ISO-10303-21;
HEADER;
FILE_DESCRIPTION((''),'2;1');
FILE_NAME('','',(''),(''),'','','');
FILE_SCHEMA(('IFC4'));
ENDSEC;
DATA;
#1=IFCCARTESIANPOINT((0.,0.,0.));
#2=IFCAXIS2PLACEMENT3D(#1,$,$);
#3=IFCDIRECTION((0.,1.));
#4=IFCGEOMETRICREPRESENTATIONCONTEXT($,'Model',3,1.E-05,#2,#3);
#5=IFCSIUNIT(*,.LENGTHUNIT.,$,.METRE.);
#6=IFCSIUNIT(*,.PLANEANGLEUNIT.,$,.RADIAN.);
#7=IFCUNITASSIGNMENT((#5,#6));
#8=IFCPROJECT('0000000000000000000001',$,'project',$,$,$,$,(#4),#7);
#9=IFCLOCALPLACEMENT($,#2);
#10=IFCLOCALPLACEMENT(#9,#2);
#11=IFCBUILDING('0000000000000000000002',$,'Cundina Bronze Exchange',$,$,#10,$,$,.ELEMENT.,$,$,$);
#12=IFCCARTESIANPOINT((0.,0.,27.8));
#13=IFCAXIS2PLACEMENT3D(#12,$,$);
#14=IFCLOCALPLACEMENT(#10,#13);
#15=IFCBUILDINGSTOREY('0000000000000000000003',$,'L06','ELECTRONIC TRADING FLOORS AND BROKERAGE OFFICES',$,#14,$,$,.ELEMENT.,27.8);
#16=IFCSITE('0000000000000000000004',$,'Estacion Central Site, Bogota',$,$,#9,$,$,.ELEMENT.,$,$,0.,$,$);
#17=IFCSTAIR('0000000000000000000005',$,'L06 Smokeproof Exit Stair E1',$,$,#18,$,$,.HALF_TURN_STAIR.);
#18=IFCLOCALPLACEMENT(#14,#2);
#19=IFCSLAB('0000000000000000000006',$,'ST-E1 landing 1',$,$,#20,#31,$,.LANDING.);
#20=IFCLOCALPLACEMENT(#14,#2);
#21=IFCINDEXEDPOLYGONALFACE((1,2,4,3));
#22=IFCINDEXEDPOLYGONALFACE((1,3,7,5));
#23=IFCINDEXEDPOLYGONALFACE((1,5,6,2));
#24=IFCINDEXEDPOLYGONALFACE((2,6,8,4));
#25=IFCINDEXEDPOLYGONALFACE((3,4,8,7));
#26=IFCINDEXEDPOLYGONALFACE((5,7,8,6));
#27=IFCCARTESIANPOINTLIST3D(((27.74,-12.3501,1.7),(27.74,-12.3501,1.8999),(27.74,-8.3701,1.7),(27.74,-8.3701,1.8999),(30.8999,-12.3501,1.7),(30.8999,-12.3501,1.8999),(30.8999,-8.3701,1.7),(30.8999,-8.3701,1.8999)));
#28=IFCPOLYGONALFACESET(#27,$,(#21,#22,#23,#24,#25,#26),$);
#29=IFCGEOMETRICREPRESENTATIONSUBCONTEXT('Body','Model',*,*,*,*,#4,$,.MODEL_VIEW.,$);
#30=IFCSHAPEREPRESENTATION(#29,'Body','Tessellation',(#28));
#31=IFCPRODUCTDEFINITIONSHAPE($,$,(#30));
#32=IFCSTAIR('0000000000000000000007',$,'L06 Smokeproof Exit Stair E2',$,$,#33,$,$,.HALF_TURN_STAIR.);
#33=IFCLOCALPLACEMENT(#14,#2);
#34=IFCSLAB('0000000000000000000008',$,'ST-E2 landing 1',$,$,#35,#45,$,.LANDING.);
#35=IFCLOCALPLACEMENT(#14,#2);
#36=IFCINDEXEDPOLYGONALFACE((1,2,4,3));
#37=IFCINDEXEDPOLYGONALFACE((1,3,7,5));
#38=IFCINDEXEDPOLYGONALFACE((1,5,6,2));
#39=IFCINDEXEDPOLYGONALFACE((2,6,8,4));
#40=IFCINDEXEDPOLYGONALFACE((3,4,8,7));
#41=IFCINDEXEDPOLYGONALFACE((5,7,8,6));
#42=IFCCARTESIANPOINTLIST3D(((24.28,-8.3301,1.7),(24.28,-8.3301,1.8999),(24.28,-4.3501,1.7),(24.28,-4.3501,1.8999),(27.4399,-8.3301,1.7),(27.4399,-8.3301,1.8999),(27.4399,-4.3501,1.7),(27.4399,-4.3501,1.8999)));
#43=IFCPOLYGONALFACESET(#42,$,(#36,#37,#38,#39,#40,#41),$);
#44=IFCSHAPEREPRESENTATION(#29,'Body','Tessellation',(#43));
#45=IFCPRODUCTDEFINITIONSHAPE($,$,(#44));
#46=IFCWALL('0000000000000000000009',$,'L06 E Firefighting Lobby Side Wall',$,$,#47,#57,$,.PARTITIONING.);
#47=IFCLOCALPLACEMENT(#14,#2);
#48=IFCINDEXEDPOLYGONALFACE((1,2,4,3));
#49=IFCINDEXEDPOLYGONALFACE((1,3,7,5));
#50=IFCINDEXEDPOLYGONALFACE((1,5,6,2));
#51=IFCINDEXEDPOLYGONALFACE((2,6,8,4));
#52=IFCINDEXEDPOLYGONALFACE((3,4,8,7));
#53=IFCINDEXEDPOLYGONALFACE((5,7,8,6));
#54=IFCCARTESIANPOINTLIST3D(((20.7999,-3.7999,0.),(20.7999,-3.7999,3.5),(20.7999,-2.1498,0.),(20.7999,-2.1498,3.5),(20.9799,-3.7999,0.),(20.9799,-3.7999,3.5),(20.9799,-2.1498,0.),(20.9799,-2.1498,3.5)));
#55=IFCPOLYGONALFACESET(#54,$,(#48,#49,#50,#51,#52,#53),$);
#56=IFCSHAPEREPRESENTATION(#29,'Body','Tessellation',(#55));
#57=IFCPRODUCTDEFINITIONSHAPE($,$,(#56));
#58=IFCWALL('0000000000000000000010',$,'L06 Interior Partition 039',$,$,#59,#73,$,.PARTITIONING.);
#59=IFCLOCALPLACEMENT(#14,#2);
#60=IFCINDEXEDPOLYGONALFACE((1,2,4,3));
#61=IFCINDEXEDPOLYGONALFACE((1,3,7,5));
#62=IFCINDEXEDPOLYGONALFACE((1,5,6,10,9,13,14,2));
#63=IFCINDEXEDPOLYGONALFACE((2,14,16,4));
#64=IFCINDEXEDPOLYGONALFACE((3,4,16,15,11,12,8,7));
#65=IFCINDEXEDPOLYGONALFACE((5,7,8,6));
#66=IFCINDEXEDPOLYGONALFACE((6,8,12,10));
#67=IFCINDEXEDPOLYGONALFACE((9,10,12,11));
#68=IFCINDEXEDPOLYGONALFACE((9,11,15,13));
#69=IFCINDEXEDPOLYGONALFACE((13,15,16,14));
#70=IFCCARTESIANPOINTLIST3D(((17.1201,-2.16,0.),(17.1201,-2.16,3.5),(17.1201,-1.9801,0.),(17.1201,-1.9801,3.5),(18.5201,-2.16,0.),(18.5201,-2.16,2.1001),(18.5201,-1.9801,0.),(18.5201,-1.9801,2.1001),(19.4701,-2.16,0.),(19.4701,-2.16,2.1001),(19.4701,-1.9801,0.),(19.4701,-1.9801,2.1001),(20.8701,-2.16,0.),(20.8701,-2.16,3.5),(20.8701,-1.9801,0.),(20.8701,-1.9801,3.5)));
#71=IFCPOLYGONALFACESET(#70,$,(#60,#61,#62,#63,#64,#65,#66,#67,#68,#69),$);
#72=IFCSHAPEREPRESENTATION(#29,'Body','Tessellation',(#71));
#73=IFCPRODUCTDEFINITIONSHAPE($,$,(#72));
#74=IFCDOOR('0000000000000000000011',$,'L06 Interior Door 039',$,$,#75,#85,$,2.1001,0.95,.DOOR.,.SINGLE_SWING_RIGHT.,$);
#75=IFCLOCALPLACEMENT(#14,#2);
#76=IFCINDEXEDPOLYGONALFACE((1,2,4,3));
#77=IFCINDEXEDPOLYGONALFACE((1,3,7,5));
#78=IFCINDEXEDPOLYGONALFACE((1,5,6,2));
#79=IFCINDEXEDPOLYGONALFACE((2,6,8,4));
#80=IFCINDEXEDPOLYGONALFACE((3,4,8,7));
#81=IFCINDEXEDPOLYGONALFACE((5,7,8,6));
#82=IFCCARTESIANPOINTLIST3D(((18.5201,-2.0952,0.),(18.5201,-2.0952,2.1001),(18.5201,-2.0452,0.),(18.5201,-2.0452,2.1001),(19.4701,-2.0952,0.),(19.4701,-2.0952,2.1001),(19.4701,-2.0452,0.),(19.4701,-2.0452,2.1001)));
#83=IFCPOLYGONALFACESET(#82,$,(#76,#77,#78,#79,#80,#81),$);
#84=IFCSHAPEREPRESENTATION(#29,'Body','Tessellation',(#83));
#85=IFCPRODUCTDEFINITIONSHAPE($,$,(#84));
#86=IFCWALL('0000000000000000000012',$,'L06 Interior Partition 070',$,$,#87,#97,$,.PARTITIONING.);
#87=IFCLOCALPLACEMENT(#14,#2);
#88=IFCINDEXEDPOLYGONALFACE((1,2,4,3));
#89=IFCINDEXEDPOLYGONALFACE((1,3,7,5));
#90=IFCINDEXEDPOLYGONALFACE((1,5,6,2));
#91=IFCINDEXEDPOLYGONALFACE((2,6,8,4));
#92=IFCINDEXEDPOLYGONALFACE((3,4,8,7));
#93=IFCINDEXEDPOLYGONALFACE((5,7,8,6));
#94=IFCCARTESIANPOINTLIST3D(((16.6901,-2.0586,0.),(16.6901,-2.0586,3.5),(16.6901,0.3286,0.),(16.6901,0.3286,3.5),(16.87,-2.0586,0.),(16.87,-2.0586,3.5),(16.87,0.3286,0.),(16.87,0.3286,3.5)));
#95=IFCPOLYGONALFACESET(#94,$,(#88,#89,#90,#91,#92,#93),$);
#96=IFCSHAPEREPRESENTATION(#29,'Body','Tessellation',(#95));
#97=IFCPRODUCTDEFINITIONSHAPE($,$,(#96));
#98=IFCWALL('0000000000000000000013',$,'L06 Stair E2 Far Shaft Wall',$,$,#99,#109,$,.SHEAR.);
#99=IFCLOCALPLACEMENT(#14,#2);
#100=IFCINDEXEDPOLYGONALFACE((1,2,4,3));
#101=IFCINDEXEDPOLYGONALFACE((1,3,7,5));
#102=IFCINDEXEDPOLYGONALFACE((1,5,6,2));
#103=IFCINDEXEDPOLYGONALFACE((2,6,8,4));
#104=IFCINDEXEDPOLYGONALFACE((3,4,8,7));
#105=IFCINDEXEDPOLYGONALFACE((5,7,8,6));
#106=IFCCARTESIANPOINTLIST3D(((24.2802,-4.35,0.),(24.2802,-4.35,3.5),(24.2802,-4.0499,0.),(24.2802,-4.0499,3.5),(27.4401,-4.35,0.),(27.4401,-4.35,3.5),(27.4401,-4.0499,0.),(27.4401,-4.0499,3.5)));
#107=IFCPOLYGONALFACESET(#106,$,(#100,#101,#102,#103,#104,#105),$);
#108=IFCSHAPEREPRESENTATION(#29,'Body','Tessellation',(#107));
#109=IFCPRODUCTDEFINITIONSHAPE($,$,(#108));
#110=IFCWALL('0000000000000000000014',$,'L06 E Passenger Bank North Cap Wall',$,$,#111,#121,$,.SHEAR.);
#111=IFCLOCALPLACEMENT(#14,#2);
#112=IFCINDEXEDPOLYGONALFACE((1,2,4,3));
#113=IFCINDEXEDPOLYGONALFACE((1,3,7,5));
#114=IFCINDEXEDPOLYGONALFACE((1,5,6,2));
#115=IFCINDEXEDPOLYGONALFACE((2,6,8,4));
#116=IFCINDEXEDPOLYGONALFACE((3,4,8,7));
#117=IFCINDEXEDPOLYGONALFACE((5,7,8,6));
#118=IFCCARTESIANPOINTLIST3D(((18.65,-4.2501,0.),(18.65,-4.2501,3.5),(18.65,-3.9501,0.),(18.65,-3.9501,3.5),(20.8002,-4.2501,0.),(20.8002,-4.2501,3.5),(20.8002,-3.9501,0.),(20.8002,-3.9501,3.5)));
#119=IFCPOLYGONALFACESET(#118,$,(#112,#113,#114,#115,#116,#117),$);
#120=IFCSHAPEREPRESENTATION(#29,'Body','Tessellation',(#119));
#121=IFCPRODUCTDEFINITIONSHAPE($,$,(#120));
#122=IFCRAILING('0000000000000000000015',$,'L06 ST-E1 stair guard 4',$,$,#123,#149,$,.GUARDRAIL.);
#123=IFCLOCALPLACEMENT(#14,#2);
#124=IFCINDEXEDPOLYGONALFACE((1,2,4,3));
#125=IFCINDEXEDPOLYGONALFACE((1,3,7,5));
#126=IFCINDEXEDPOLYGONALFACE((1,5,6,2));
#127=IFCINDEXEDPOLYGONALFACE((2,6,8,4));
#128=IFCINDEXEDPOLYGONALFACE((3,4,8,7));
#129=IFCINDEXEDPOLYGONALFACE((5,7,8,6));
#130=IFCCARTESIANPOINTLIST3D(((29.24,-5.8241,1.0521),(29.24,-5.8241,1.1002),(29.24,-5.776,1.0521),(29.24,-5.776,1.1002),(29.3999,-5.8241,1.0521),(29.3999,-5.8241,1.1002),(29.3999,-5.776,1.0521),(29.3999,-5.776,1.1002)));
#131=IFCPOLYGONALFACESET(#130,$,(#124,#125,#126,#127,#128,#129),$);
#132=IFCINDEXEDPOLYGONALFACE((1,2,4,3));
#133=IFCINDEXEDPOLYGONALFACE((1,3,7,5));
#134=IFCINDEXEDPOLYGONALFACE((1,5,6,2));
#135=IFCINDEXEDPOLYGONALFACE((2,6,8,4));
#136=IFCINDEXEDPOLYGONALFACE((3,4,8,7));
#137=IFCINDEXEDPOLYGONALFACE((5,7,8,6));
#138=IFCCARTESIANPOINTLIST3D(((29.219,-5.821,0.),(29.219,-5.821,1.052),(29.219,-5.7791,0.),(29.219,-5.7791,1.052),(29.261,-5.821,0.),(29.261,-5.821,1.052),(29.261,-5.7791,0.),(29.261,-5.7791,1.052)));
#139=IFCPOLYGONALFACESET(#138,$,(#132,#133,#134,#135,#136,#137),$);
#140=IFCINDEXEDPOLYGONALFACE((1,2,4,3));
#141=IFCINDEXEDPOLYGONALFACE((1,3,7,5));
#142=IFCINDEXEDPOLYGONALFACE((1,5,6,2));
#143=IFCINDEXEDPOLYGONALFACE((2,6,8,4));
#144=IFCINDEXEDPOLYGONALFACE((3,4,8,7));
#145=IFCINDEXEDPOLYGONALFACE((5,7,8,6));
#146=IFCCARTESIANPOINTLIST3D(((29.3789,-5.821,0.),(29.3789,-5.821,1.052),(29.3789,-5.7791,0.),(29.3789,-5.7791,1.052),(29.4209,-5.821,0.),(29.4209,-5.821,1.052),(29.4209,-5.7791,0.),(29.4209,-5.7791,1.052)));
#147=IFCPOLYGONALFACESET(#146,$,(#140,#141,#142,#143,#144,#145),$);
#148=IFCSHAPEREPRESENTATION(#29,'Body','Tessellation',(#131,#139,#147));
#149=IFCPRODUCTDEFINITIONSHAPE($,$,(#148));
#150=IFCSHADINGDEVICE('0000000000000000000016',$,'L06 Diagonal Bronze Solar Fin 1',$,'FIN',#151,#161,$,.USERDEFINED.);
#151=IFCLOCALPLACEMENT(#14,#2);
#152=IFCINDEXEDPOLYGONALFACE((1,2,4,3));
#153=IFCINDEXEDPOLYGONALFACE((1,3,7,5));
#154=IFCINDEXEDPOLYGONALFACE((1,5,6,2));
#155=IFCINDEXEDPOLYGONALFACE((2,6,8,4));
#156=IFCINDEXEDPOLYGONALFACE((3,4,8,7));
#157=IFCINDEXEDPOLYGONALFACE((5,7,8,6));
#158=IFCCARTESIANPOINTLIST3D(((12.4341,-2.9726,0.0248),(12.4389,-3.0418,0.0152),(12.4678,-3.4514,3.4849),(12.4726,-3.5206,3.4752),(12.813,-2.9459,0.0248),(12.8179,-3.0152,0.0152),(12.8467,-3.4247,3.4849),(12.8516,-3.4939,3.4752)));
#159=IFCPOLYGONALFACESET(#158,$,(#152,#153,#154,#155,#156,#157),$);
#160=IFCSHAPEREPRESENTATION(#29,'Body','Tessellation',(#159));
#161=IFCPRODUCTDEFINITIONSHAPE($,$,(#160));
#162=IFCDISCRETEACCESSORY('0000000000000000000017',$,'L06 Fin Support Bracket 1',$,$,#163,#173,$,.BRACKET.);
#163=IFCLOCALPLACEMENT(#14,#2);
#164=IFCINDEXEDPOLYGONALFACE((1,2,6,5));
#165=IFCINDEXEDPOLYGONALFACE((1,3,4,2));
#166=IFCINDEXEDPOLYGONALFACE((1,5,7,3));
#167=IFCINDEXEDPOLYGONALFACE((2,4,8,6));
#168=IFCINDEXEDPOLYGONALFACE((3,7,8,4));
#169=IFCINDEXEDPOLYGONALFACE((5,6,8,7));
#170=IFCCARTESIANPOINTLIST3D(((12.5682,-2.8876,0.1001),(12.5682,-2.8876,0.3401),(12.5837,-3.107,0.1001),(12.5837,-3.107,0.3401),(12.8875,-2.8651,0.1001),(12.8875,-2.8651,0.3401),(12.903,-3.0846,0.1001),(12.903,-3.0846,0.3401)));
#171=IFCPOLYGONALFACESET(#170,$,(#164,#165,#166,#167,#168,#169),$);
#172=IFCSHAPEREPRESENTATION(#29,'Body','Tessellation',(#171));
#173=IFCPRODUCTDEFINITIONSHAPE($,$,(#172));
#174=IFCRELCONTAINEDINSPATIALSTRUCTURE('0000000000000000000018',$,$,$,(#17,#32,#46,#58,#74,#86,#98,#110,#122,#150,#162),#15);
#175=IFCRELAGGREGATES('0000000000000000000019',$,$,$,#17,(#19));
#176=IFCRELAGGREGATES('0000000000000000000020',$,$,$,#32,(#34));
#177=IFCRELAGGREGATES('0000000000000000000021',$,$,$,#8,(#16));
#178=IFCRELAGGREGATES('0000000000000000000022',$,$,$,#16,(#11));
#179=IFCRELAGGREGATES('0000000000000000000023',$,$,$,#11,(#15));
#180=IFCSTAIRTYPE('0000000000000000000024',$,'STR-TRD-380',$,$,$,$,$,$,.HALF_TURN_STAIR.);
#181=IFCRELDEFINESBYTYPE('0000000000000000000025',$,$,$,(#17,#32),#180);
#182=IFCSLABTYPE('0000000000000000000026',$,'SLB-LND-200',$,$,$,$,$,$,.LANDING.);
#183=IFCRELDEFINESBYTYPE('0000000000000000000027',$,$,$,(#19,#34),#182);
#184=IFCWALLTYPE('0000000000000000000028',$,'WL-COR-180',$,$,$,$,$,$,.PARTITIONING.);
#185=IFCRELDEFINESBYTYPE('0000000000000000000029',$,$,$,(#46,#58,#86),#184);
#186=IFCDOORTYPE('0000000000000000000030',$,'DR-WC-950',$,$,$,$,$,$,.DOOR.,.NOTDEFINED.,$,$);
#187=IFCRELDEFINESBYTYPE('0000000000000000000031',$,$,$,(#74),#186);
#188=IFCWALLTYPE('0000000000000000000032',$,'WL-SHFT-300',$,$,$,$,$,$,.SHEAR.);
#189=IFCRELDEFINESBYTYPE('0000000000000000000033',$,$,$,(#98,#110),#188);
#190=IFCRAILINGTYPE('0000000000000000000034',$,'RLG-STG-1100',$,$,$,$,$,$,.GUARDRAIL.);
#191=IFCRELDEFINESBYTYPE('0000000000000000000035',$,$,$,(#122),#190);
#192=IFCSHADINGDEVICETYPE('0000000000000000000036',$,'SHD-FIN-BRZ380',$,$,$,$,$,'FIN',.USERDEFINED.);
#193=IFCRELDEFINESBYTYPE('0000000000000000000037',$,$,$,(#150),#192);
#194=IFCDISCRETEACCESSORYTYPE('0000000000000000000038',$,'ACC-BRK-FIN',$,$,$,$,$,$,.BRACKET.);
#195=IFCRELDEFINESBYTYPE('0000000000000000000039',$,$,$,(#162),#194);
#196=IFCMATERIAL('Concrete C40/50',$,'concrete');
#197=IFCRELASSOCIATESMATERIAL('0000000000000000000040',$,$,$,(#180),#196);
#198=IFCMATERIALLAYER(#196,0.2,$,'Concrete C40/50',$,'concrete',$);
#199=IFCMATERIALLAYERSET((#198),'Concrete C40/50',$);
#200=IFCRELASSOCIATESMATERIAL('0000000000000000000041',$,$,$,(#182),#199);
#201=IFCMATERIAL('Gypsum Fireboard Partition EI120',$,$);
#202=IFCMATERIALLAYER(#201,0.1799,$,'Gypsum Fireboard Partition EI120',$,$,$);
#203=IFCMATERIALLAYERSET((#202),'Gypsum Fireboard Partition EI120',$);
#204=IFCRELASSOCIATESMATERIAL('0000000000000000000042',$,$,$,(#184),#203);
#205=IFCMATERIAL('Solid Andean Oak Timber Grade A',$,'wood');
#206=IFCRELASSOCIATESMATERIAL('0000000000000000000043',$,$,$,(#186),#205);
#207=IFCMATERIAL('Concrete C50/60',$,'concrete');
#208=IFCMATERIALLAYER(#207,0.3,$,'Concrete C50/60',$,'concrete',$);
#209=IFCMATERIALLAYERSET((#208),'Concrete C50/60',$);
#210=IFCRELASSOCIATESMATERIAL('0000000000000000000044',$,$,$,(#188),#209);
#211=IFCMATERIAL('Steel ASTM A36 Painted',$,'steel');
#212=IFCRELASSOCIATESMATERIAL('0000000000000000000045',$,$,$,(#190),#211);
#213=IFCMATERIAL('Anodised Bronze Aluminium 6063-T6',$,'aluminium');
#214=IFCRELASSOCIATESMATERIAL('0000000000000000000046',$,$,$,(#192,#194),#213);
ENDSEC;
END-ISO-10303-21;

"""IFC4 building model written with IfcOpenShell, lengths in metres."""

from ifc_helpers import new_model, si_unit, direction, frame, frame_2d, origin, origin_2d, place, context, subcontext, project, spatial, polyline, rectangle, outline, extrude, material, layer, layer_set, material_profile, profile_set, type_object, element, fill, aggregate, save


model = new_model("IFC4")

# Units and contexts
model_context = context("Model", 3, precision=1e-05, world=origin(), true_north=direction((0.0, 1.0)))
body_context = subcontext(model_context, "Body", "Model", "MODEL_VIEW")
ifc_project = project(units=[si_unit("LENGTHUNIT", "METRE"), si_unit("PLANEANGLEUNIT", "RADIAN")], contexts=[model_context])

# Site, building, storey
site_placement = place(None, origin())
site = spatial("IfcSite", under=ifc_project, at=site_placement, Name="Estacion Central Site, Bogota", CompositionType="ELEMENT", RefElevation=0.0)
building_placement = place(site_placement, origin())
building = spatial("IfcBuilding", under=site, at=building_placement, Name="Cundina Bronze Exchange", CompositionType="ELEMENT")
storey_placement = place(building_placement, frame((0.0, 0.0, 27.8)))
storey = spatial("IfcBuildingStorey", under=building, at=storey_placement, Name="L06", Description="ELECTRONIC TRADING FLOORS AND BROKERAGE OFFICES", CompositionType="ELEMENT", Elevation=27.8)

# Shared definitions
ifc_material_1 = material(Name="Anodised Bronze Aluminium 6063-T6", Category="aluminium")

# Stairs, slabs
ifc_material_2 = material(Name="Concrete C40/50", Category="concrete")
stair_type = type_object("IfcStairType", Name="STR-TRD-380", PredefinedType="HALF_TURN_STAIR", material=ifc_material_2)
ifc_layer_1 = layer(ifc_material_2, 0.2, Name="Concrete C40/50", Category="concrete")
ifc_layer_set_1 = layer_set([ifc_layer_1], Name="Concrete C40/50")
slab_type = type_object("IfcSlabType", Name="SLB-LND-200", PredefinedType="LANDING", material=ifc_layer_set_1)
stair_1_placement = place(storey_placement, origin())
stair_1 = element("IfcStair", 1, at=stair_1_placement, inside=storey, type_object=stair_type, Name="L06 Smokeproof Exit Stair E1", PredefinedType="HALF_TURN_STAIR")
slab_1_placement = place(storey_placement, frame((0.0, 0.0, 1.7)))
slab_1 = element("IfcSlab", 2, at=slab_1_placement, type_object=slab_type, Name="ST-E1 landing 1", PredefinedType="LANDING", context=body_context, shape_type="SweptSolid", body=[
    extrude(outline(polyline([(27.74, -8.3701), (27.74, -12.3501), (30.8999, -12.3501), (30.8999, -8.3701), (27.74, -8.3701)])), origin(), (0.0, 0.0, 1.0), 0.2),
])
aggregate(stair_1, [slab_1])
stair_2_placement = place(storey_placement, origin())
stair_2 = element("IfcStair", 3, at=stair_2_placement, inside=storey, type_object=stair_type, Name="L06 Smokeproof Exit Stair E2", PredefinedType="HALF_TURN_STAIR")
slab_2_placement = place(storey_placement, frame((0.0, 0.0, 1.7)))
slab_2 = element("IfcSlab", 4, at=slab_2_placement, type_object=slab_type, Name="ST-E2 landing 1", PredefinedType="LANDING", context=body_context, shape_type="SweptSolid", body=[
    extrude(outline(polyline([(27.4399, -8.3301), (27.4399, -4.3501), (24.28, -4.3501), (24.28, -8.3301), (27.4399, -8.3301)])), origin(), (0.0, 0.0, 1.0), 0.2),
])
aggregate(stair_2, [slab_2])

# Wall
ifc_material_3 = material(Name="Gypsum Fireboard Partition EI120")
ifc_layer_2 = layer(ifc_material_3, 0.1799, Name="Gypsum Fireboard Partition EI120")
ifc_layer_set_2 = layer_set([ifc_layer_2], Name="Gypsum Fireboard Partition EI120")
wall_type_1 = type_object("IfcWallType", Name="WL-COR-180", PredefinedType="PARTITIONING", material=ifc_layer_set_2)
wall_1_placement = place(storey_placement, frame((20.8899, -3.8, 0.0), z_axis=(0.0, 0.0, 1.0), x_axis=(0.0, 1.0, 0.0)))
element("IfcWall", 5, at=wall_1_placement, inside=storey, type_object=wall_type_1, Name="L06 E Firefighting Lobby Side Wall", PredefinedType="PARTITIONING", context=body_context, shape_type="SweptSolid", body=[
    extrude(rectangle(XDim=1.6501, YDim=0.1799, at=frame_2d((0.8252, 0.0))), origin(), (0.0, 0.0, 1.0), 3.5),
])

# Wall, opening, door
ifc_material_4 = material(Name="Steel ASTM A36 Painted", Category="steel")
wall_2_placement = place(storey_placement, frame((17.1201, -2.0701, 0.0), z_axis=(0.0, 0.0, 1.0), x_axis=(1.0, 0.0, 0.0)))
wall_2 = element("IfcWall", 6, at=wall_2_placement, inside=storey, type_object=wall_type_1, Name="L06 Interior Partition 039", PredefinedType="PARTITIONING", context=body_context, shape_type="SweptSolid", body=[
    extrude(rectangle(XDim=3.75, YDim=0.1799, at=frame_2d((1.875, 0.0))), origin(), (0.0, 0.0, 1.0), 3.5),
])
opening_1_placement = place(wall_2_placement, frame((1.3999, 0.0, 0.0)))
opening_1 = element("IfcOpeningElement", 7, at=opening_1_placement, cuts=wall_2, PredefinedType="OPENING", context=body_context, shape_type="SweptSolid", body=[
    extrude(rectangle(XDim=0.95, YDim=2.1001, at=frame_2d((0.4751, 1.05))), frame((0.0, 0.0999, 0.0), z_axis=(0.0, -1.0, 0.0), x_axis=(1.0, 0.0, 0.0)), (0.0, 0.0, 1.0), 0.2),
])
ifc_material_5 = material(Name="Solid Andean Oak Timber Grade A", Category="wood")
door_type_1 = type_object("IfcDoorType", Name="DR-WC-950", OperationType="NOTDEFINED", PredefinedType="DOOR", material=ifc_material_5)
door_1_placement = place(opening_1_placement, origin())
door_1 = element("IfcDoor", 8, at=door_1_placement, inside=storey, type_object=door_type_1, Name="L06 Interior Door 039", OperationType="SINGLE_SWING_RIGHT", OverallHeight=2.1001, OverallWidth=0.95, PredefinedType="DOOR", context=body_context, shape_type="SweptSolid", body=[
    extrude(rectangle(XDim=0.95, YDim=2.1001, at=frame_2d((0.4751, 1.05))), frame((0.0, 0.0249, 0.0), z_axis=(0.0, -1.0, 0.0), x_axis=(1.0, 0.0, 0.0)), (0.0, 0.0, 1.0), 0.05),
])
fill(opening_1, door_1)

# Wall
wall_3_placement = place(storey_placement, frame((16.78, 0.3286, 0.0), z_axis=(0.0, 0.0, 1.0), x_axis=(0.0, -1.0, 0.0)))
element("IfcWall", 9, at=wall_3_placement, inside=storey, type_object=wall_type_1, Name="L06 Interior Partition 070", PredefinedType="PARTITIONING", context=body_context, shape_type="SweptSolid", body=[
    extrude(rectangle(XDim=2.3872, YDim=0.1799, at=frame_2d((1.1936, 0.0))), origin(), (0.0, 0.0, 1.0), 3.5),
])

# Shared definitions
ifc_material_6 = material(Name="Concrete C50/60", Category="concrete")
ifc_layer_3 = layer(ifc_material_6, 0.3, Name="Concrete C50/60", Category="concrete")
ifc_layer_set_3 = layer_set([ifc_layer_3], Name="Concrete C50/60")
wall_type_2 = type_object("IfcWallType", Name="WL-SHFT-300", PredefinedType="SHEAR", material=ifc_layer_set_3)

# Walls
wall_4_placement = place(storey_placement, frame((24.28, -4.2, 0.0), z_axis=(0.0, 0.0, 1.0), x_axis=(1.0, 0.0, 0.0)))
element("IfcWall", 10, at=wall_4_placement, inside=storey, type_object=wall_type_2, Name="L06 Stair E2 Far Shaft Wall", PredefinedType="SHEAR", context=body_context, shape_type="SweptSolid", body=[
    extrude(rectangle(XDim=3.1599, YDim=0.3, at=frame_2d((1.5801, 0.0))), origin(), (0.0, 0.0, 1.0), 3.5),
])
wall_5_placement = place(storey_placement, frame((18.6499, -4.1001, 0.0), z_axis=(0.0, 0.0, 1.0), x_axis=(1.0, 0.0, 0.0)))
element("IfcWall", 11, at=wall_5_placement, inside=storey, type_object=wall_type_2, Name="L06 E Passenger Bank North Cap Wall", PredefinedType="SHEAR", context=body_context, shape_type="SweptSolid", body=[
    extrude(rectangle(XDim=2.1501, YDim=0.3, at=frame_2d((1.0752, 0.0))), origin(), (0.0, 0.0, 1.0), 3.5),
])

# Railing
railing_type = type_object("IfcRailingType", Name="RLG-STG-1100", PredefinedType="GUARDRAIL", material=ifc_material_4)
railing_placement = place(storey_placement, frame((29.24, -5.8, 0.0)))
element("IfcRailing", 12, at=railing_placement, inside=storey, type_object=railing_type, Name="L06 ST-E1 stair guard 4", PredefinedType="GUARDRAIL", context=body_context, shape_type="SweptSolid", body=[
    extrude(rectangle(XDim=0.0481, YDim=0.0481, at=origin_2d()), frame((0.0, 0.0, 1.0762), z_axis=(1.0, 0.0, 0.0), x_axis=(0.0, 1.0, 0.0)), (0.0, 0.0, 1.0), 0.1599),
    extrude(rectangle(XDim=0.042, YDim=0.042, at=origin_2d()), origin(), (0.0, 0.0, 1.0), 1.052),
    extrude(rectangle(XDim=0.042, YDim=0.042, at=origin_2d()), frame((0.1599, 0.0, 0.0)), (0.0, 0.0, 1.0), 1.052),
])

# Shading device
ifc_material_profile_1 = material_profile(ifc_material_1, rectangle(XDim=0.0701, YDim=0.3799, at=origin_2d()), Name="FIN70X380", Category="aluminium")
ifc_profile_set_1 = profile_set([ifc_material_profile_1], Name="Anodised Bronze Aluminium 6063-T6")
shading_device_type = type_object("IfcShadingDeviceType", Name="SHD-FIN-BRZ380", ElementType="FIN", PredefinedType="USERDEFINED", material=ifc_profile_set_1)
shading_device_placement = place(storey_placement, frame((12.626, -2.9939, 0.02), z_axis=(0.009645, -0.137059, 0.990516), x_axis=(-0.069533, 0.988072, 0.137398)))
element("IfcShadingDevice", 13, at=shading_device_placement, inside=storey, type_object=shading_device_type, Name="L06 Diagonal Bronze Solar Fin 1", ObjectType="FIN", PredefinedType="USERDEFINED", context=body_context, shape_type="SweptSolid", body=[
    extrude(rectangle(XDim=0.0701, YDim=0.3799, at=origin_2d()), origin(), (0.0, 0.0, 1.0), 3.4932),
])

# Discrete accessory
discrete_accessory_type = type_object("IfcDiscreteAccessoryType", Name="ACC-BRK-FIN", PredefinedType="BRACKET", material=ifc_material_1)
discrete_accessory_placement = place(storey_placement, frame((12.7356, -2.9861, 0.1001), z_axis=(0.0, 0.0, 1.0), x_axis=(0.070279, -0.997527, 0.0)))
element("IfcDiscreteAccessory", 14, at=discrete_accessory_placement, inside=storey, type_object=discrete_accessory_type, Name="L06 Fin Support Bracket 1", PredefinedType="BRACKET", context=body_context, shape_type="SweptSolid", body=[
    extrude(rectangle(XDim=0.22, YDim=0.3201, at=origin_2d()), origin(), (0.0, 0.0, 1.0), 0.24),
])

save(model, "model.ifc")
